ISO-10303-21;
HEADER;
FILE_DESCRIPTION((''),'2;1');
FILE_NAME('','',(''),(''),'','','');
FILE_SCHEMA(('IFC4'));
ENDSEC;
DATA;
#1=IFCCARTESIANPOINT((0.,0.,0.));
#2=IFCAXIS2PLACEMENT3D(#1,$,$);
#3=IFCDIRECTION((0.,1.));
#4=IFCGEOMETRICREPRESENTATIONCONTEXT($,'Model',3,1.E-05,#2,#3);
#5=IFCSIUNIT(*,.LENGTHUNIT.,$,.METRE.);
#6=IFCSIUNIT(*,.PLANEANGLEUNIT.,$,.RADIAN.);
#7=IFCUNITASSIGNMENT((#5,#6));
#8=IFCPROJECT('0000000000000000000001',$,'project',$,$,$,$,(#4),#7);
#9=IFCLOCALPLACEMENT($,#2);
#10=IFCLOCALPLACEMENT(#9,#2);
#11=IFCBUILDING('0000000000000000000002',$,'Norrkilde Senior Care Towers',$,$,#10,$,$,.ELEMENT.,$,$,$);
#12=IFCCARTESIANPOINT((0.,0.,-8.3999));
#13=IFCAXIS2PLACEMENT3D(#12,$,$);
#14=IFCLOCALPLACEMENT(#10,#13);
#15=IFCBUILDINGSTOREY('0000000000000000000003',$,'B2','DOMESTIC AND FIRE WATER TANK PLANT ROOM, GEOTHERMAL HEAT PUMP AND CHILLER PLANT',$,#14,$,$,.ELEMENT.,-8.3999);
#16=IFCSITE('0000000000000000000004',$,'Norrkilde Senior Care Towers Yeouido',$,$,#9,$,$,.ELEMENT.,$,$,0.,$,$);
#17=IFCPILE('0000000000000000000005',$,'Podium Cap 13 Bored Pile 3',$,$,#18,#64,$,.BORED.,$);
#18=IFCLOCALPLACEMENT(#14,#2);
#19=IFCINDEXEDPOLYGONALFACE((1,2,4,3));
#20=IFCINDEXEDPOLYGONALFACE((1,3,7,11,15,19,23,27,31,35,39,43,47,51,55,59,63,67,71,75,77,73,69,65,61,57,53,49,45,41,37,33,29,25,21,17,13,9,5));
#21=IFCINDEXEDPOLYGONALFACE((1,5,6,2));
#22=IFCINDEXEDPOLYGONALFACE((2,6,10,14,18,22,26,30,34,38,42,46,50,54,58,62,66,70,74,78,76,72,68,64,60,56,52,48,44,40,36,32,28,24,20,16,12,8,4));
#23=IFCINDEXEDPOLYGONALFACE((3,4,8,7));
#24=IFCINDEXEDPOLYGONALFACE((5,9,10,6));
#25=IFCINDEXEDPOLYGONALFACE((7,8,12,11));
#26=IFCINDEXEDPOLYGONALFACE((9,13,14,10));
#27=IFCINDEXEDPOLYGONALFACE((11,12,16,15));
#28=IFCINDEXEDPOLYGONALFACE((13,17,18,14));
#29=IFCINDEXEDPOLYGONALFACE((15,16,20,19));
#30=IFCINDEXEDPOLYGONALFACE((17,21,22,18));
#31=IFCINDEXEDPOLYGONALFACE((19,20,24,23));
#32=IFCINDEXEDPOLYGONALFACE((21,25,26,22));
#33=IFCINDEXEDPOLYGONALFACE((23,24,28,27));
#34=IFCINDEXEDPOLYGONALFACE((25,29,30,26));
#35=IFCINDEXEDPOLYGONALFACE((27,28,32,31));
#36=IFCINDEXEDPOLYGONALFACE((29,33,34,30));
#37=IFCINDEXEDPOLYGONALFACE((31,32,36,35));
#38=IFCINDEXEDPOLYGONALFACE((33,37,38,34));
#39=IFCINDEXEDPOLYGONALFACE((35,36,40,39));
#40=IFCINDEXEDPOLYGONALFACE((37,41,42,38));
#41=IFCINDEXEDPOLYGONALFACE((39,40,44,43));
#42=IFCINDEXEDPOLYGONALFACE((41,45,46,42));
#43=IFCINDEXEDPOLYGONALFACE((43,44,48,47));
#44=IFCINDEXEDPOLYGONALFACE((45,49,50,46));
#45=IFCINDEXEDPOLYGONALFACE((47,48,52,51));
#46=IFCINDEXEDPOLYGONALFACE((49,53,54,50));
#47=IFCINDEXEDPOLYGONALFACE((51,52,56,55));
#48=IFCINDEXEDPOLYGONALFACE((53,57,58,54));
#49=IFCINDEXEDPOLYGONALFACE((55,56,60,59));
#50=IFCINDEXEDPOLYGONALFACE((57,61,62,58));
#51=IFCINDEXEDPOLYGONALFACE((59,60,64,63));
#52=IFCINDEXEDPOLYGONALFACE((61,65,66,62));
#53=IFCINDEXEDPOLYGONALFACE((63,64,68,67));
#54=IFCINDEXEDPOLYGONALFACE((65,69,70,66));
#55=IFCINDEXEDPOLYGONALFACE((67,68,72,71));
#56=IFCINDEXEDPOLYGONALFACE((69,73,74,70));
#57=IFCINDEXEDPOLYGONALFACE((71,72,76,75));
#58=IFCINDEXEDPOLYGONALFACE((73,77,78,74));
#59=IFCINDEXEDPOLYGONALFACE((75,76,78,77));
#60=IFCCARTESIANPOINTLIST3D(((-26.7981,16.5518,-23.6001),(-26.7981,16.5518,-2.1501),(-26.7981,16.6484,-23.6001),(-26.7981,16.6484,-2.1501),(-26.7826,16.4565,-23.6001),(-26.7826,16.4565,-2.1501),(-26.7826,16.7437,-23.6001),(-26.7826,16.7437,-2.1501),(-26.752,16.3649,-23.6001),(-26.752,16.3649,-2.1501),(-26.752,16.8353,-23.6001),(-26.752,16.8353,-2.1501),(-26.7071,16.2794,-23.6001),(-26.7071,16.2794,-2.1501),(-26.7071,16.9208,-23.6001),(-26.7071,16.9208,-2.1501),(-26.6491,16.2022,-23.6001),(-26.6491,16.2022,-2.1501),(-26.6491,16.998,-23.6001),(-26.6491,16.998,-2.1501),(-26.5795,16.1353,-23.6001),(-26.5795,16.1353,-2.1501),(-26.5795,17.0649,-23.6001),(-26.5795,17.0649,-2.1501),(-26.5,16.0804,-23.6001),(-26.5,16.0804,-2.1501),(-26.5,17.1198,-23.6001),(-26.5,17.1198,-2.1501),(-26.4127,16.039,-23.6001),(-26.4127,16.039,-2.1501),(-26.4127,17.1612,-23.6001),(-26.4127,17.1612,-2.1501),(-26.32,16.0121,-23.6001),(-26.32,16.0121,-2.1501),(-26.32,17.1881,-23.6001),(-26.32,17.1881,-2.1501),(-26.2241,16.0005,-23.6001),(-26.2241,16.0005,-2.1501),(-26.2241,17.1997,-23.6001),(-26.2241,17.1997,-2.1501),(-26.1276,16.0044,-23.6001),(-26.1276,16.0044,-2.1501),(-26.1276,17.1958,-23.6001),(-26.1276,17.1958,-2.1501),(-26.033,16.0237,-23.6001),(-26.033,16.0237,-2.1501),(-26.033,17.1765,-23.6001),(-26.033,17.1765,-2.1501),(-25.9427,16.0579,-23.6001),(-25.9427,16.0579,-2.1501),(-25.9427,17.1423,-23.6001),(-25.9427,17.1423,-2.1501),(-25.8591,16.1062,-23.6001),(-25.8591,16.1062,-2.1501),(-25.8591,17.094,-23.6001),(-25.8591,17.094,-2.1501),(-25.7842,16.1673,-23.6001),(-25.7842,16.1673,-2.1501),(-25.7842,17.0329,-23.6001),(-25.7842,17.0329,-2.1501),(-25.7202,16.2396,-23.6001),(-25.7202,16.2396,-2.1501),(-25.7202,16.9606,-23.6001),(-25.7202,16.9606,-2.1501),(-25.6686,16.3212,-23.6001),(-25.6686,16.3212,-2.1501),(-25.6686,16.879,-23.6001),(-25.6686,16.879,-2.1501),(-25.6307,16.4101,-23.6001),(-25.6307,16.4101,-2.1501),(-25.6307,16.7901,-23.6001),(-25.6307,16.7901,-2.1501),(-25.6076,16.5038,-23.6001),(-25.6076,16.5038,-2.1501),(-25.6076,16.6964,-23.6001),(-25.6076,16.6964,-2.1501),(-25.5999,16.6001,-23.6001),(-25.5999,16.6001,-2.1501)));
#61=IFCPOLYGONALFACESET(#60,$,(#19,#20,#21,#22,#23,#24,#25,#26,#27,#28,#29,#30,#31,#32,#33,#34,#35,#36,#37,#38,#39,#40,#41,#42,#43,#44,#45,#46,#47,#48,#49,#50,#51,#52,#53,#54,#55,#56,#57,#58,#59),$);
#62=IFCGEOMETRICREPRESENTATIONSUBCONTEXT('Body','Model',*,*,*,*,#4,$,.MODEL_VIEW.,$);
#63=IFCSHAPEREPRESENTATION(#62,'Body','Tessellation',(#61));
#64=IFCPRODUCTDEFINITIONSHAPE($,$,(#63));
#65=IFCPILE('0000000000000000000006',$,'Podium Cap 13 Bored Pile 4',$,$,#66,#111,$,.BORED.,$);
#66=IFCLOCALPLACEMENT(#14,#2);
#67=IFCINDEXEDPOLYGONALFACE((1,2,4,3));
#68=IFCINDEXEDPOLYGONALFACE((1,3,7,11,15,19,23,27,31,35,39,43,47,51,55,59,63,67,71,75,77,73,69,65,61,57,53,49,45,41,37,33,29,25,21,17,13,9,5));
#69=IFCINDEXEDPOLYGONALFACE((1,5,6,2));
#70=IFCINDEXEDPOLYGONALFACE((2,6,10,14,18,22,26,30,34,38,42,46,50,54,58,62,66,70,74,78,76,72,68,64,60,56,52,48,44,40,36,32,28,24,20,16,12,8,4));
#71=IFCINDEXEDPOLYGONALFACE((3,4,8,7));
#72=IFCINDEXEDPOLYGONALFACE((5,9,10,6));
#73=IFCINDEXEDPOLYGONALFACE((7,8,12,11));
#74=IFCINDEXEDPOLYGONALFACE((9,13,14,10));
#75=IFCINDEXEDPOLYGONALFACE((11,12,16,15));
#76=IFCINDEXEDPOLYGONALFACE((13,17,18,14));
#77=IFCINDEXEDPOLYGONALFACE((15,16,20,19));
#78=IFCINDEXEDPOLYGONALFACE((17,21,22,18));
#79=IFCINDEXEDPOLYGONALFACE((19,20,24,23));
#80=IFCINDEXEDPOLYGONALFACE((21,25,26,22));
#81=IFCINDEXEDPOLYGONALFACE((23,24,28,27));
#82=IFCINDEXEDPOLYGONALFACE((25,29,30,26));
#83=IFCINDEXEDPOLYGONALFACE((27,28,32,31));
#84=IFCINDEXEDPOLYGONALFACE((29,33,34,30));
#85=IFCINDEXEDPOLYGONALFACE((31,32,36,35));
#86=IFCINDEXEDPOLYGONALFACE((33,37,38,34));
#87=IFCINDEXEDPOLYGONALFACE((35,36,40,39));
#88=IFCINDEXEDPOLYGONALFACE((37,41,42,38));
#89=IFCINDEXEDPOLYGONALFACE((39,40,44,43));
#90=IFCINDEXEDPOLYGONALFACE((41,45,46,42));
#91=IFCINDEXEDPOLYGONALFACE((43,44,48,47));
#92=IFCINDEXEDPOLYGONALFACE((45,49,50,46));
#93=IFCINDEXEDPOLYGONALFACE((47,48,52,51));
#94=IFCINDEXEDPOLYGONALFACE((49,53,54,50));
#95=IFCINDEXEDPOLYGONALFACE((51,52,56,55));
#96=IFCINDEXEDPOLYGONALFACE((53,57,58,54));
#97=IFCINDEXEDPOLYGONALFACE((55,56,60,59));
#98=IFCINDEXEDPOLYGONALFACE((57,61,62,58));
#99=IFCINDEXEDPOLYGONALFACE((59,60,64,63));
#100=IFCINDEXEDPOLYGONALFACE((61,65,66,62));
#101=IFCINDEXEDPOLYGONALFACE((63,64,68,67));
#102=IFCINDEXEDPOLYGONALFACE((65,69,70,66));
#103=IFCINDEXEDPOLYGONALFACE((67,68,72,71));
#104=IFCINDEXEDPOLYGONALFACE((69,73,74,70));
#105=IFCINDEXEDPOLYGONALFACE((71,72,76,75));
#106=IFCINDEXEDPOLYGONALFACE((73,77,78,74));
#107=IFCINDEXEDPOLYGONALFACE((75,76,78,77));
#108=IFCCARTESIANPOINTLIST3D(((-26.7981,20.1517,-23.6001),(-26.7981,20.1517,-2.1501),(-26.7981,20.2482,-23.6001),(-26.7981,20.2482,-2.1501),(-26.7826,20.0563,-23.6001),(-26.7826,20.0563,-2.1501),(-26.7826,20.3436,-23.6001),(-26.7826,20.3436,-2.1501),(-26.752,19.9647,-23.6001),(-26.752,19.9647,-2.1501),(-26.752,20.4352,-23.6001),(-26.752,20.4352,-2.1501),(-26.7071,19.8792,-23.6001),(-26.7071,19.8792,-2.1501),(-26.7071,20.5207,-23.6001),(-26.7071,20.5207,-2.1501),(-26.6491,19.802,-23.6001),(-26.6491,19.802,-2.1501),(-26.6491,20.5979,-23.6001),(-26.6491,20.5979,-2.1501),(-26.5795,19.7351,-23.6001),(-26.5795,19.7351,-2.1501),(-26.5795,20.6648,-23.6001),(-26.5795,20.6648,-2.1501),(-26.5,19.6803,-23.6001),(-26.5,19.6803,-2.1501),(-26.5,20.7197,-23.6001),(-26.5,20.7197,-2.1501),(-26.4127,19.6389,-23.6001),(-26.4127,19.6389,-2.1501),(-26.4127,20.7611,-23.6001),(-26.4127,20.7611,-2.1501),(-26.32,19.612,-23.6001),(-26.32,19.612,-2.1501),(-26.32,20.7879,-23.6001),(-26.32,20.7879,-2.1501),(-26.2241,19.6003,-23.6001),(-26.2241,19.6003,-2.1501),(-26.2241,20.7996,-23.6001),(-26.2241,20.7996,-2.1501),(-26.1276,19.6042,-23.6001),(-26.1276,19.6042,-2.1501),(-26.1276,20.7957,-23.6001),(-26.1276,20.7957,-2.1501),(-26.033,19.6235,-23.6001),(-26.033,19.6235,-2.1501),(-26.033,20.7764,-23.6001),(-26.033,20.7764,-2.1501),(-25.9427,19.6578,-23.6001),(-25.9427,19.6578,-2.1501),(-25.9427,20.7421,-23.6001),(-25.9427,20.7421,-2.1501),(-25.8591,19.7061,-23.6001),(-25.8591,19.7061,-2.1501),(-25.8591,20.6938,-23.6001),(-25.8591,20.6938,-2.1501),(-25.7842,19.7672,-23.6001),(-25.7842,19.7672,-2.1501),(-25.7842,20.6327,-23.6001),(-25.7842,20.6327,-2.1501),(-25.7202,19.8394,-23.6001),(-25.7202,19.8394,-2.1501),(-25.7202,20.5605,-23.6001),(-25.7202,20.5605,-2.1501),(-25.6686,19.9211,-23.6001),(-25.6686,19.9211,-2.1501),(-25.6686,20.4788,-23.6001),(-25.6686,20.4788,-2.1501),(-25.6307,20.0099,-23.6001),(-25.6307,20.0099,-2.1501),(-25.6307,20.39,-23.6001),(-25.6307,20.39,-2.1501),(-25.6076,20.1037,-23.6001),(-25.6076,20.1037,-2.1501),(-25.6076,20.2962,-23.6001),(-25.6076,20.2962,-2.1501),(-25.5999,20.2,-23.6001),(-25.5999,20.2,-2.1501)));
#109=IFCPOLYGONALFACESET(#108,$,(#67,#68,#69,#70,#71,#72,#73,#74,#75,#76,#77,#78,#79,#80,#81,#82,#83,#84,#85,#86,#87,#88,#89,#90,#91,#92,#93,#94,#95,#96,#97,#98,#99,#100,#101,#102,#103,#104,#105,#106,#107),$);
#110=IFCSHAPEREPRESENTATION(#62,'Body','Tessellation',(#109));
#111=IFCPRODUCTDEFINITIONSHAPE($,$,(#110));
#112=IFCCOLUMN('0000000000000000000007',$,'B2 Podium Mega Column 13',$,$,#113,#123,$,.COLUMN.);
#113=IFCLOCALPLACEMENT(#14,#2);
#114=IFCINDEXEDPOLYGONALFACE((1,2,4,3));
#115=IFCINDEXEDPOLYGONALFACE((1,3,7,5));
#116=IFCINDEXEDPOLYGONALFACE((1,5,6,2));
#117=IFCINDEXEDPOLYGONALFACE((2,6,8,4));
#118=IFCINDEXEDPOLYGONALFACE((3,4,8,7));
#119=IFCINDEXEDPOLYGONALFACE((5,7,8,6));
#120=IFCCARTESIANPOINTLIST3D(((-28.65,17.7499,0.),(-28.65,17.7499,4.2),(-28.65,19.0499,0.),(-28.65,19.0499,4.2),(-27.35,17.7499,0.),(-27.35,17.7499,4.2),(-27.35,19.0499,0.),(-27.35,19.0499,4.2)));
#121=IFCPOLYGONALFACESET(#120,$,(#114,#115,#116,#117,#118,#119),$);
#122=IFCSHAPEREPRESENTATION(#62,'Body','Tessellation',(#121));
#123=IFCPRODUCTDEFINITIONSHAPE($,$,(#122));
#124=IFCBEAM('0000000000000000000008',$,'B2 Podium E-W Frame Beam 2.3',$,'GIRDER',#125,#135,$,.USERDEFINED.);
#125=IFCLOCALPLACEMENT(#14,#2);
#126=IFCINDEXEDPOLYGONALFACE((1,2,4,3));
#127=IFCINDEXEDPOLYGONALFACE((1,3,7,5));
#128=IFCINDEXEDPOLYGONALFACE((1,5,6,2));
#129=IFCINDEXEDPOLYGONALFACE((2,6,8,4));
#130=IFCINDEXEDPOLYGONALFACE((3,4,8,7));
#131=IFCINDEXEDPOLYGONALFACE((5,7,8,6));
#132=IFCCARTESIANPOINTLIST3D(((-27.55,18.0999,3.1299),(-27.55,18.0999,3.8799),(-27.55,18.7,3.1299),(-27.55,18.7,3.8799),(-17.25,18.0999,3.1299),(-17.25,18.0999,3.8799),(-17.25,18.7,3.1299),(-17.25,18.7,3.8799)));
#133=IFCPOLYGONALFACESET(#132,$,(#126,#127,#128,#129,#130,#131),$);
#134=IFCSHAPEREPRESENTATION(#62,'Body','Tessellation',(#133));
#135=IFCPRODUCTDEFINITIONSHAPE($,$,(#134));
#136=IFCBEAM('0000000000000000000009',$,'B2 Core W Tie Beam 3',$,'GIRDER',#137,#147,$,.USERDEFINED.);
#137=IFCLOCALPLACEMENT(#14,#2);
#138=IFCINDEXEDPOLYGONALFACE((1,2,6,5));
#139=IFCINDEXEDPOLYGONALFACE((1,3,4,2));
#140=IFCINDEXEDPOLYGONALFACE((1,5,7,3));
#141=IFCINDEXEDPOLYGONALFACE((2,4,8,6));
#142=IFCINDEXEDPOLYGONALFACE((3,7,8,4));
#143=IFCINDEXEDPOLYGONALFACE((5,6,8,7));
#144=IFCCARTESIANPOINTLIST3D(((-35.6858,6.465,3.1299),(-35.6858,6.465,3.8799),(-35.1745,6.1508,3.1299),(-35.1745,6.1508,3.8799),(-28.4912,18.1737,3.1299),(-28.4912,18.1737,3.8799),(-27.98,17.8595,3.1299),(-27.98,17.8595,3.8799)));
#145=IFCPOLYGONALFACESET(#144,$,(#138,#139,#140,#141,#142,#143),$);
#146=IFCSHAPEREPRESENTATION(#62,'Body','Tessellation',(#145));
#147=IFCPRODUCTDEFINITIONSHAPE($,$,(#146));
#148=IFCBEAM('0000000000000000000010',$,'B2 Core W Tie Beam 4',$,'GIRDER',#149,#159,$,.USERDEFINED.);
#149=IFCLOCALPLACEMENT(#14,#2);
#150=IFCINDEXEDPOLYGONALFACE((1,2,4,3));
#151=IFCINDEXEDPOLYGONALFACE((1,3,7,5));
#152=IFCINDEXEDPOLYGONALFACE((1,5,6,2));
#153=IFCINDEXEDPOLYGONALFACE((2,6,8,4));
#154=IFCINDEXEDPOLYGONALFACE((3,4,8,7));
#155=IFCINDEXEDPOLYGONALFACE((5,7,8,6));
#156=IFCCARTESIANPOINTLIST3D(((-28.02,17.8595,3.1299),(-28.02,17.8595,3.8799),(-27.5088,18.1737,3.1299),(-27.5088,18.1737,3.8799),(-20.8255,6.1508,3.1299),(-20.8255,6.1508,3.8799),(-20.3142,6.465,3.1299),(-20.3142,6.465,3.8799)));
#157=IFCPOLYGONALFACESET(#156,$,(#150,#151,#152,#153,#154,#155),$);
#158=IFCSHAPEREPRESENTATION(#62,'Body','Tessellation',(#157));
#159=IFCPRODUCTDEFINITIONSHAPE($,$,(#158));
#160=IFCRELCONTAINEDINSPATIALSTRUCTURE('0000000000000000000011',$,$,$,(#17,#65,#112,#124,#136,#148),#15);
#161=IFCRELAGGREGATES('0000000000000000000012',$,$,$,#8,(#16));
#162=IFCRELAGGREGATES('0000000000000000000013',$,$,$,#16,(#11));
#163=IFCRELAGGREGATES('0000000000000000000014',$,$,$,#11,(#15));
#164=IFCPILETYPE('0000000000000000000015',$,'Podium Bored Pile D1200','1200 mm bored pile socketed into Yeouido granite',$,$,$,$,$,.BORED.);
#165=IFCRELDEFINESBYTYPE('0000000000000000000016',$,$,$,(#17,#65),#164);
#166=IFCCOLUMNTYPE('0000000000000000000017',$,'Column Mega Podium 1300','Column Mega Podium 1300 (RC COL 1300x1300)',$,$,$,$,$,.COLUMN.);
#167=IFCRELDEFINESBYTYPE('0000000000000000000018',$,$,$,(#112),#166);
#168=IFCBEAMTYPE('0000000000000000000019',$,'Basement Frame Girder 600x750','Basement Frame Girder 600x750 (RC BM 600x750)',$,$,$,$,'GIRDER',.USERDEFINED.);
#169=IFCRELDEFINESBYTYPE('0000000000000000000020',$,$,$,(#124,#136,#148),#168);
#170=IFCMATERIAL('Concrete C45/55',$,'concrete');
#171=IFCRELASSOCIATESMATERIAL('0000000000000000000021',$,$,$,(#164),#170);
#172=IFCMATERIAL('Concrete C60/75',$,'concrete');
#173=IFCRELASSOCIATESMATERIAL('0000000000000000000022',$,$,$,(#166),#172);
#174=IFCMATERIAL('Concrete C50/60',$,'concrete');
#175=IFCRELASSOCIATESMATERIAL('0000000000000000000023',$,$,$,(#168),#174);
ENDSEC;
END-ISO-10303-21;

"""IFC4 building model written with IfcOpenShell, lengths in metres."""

from ifc_helpers import new_model, si_unit, direction, frame, origin, origin_2d, place, context, subcontext, project, spatial, rectangle, circle, extrude, source, transform, mapped, material, material_profile, profile_set, type_object, type_shapes, element, save


model = new_model("IFC4")

# Units and contexts
model_context = context("Model", 3, precision=1e-05, world=origin(), true_north=direction((0.0, 1.0)))
body_context = subcontext(model_context, "Body", "Model", "MODEL_VIEW")
ifc_project = project(units=[si_unit("LENGTHUNIT", "METRE"), si_unit("PLANEANGLEUNIT", "RADIAN")], contexts=[model_context])

# Site, building, storey
site_placement = place(None, origin())
site = spatial("IfcSite", under=ifc_project, at=site_placement, Name="Norrkilde Senior Care Towers Yeouido", CompositionType="ELEMENT", RefElevation=0.0)
building_placement = place(site_placement, origin())
building = spatial("IfcBuilding", under=site, at=building_placement, Name="Norrkilde Senior Care Towers", CompositionType="ELEMENT")
storey_placement = place(building_placement, frame((0.0, 0.0, -8.3999)))
storey = spatial("IfcBuildingStorey", under=building, at=storey_placement, Name="B2", Description="DOMESTIC AND FIRE WATER TANK PLANT ROOM, GEOTHERMAL HEAT PUMP AND CHILLER PLANT", CompositionType="ELEMENT", Elevation=-8.3999)

# Piles
ifc_material_1 = material(Name="Concrete C45/55", Category="concrete")
ifc_material_profile_1 = material_profile(ifc_material_1, circle(Radius=0.6001, at=origin_2d()), Name="BORED PILE 1200")
ifc_profile_set_1 = profile_set([ifc_material_profile_1], Name="Concrete C45/55")
pile_type_1 = type_object("IfcPileType", Name="Podium Bored Pile D1200", Description="1200 mm bored pile socketed into Yeouido granite", PredefinedType="BORED", material=ifc_profile_set_1)
shared_shape_1 = source(origin(), body_context, "Body", "SweptSolid", [
    extrude(circle(Radius=0.6001, at=origin_2d()), origin(), (0.0, 0.0, 1.0), 21.45),
])
type_shapes(pile_type_1, [shared_shape_1])
for number, where, z_axis, x_axis, name in (
    (1, (-26.2, 16.6001, -2.1501), (0.0, 0.0, -1.0), (1.0, 0.0, 0.0), "Podium Cap 13 Bored Pile 3"),
    (2, (-26.2, 20.2, -2.1501), (0.0, 0.0, -1.0), (1.0, 0.0, 0.0), "Podium Cap 13 Bored Pile 4"),
):
    element("IfcPile", number, at=place(storey_placement, frame(where, z_axis=z_axis, x_axis=x_axis)), inside=storey, type_object=pile_type_1, Name=name, PredefinedType="BORED", context=body_context, shape_type="MappedRepresentation", body=[
        mapped(shared_shape_1, transform((0.0, 0.0, 0.0), x_axis=(1.0, 0.0, 0.0), y_axis=(0.0, 1.0, 0.0), z_axis=(0.0, 0.0, 1.0), scale=1.0)),
    ])

# Column
ifc_material_2 = material(Name="Concrete C60/75", Category="concrete")
ifc_material_profile_2 = material_profile(ifc_material_2, rectangle(XDim=1.3, YDim=1.3, at=origin_2d()), Name="RC COL 1300x1300")
ifc_profile_set_2 = profile_set([ifc_material_profile_2], Name="Concrete C60/75")
column_type = type_object("IfcColumnType", Name="Column Mega Podium 1300", Description="Column Mega Podium 1300 (RC COL 1300x1300)", PredefinedType="COLUMN", material=ifc_profile_set_2)
shared_shape_2 = source(origin(), body_context, "Body", "SweptSolid", [
    extrude(rectangle(XDim=1.3, YDim=1.3, at=origin_2d()), origin(), (0.0, 0.0, 1.0), 4.2),
])
type_shapes(column_type, [shared_shape_2])
column_placement = place(storey_placement, frame((-28.0, 18.3999, 0.0), z_axis=(0.0, 0.0, 1.0), x_axis=(1.0, 0.0, 0.0)))
element("IfcColumn", 3, at=column_placement, inside=storey, type_object=column_type, Name="B2 Podium Mega Column 13", PredefinedType="COLUMN", context=body_context, shape_type="MappedRepresentation", body=[
    mapped(shared_shape_2, transform((0.0, 0.0, 0.0), x_axis=(1.0, 0.0, 0.0), y_axis=(0.0, 1.0, 0.0), z_axis=(0.0, 0.0, 1.0), scale=1.0)),
])

# Beams
ifc_material_3 = material(Name="Concrete C50/60", Category="concrete")
ifc_material_profile_3 = material_profile(ifc_material_3, rectangle(XDim=0.6001, YDim=0.75, at=origin_2d()), Name="RC BM 600x750")
ifc_profile_set_3 = profile_set([ifc_material_profile_3], Name="Concrete C50/60")
beam_type = type_object("IfcBeamType", Name="Basement Frame Girder 600x750", Description="Basement Frame Girder 600x750 (RC BM 600x750)", ElementType="GIRDER", PredefinedType="USERDEFINED", material=ifc_profile_set_3)
shared_shape_3 = source(origin(), body_context, "Body", "SweptSolid", [
    extrude(rectangle(XDim=0.6001, YDim=0.75, at=origin_2d()), origin(), (0.0, 0.0, 1.0), 10.3),
])
beam_placement = place(storey_placement, frame((-27.55, 18.3999, 3.5049), z_axis=(1.0, 0.0, 0.0), x_axis=(0.0, 1.0, 0.0)))
element("IfcBeam", 4, at=beam_placement, inside=storey, type_object=beam_type, Name="B2 Podium E-W Frame Beam 2.3", ObjectType="GIRDER", PredefinedType="USERDEFINED", context=body_context, shape_type="MappedRepresentation", body=[
    mapped(shared_shape_3, transform((0.0, 0.0, 0.0), x_axis=(1.0, 0.0, 0.0), y_axis=(0.0, 1.0, 0.0), z_axis=(0.0, 0.0, 1.0), scale=1.0)),
])
shared_shape_4 = source(origin(), body_context, "Body", "SweptSolid", [
    extrude(rectangle(XDim=0.6001, YDim=0.75, at=origin_2d()), origin(), (0.0, 0.0, 1.0), 13.7424),
])
type_shapes(beam_type, [shared_shape_3, shared_shape_4])
for number, where, z_axis, x_axis, name in (
    (5, (-28.2356, 18.0166, 3.5049), (-0.523527, -0.852009, 0.0), (0.852009, -0.523527, 0.0), "B2 Core W Tie Beam 3"),
    (6, (-27.7644, 18.0166, 3.5049), (0.523527, -0.852009, 0.0), (0.852009, 0.523527, 0.0), "B2 Core W Tie Beam 4"),
):
    element("IfcBeam", number, at=place(storey_placement, frame(where, z_axis=z_axis, x_axis=x_axis)), inside=storey, type_object=beam_type, Name=name, ObjectType="GIRDER", PredefinedType="USERDEFINED", context=body_context, shape_type="MappedRepresentation", body=[
        mapped(shared_shape_4, transform((0.0, 0.0, 0.0), x_axis=(1.0, 0.0, 0.0), y_axis=(0.0, 1.0, 0.0), z_axis=(0.0, 0.0, 1.0), scale=1.0)),
    ])

save(model, "model.ifc")
